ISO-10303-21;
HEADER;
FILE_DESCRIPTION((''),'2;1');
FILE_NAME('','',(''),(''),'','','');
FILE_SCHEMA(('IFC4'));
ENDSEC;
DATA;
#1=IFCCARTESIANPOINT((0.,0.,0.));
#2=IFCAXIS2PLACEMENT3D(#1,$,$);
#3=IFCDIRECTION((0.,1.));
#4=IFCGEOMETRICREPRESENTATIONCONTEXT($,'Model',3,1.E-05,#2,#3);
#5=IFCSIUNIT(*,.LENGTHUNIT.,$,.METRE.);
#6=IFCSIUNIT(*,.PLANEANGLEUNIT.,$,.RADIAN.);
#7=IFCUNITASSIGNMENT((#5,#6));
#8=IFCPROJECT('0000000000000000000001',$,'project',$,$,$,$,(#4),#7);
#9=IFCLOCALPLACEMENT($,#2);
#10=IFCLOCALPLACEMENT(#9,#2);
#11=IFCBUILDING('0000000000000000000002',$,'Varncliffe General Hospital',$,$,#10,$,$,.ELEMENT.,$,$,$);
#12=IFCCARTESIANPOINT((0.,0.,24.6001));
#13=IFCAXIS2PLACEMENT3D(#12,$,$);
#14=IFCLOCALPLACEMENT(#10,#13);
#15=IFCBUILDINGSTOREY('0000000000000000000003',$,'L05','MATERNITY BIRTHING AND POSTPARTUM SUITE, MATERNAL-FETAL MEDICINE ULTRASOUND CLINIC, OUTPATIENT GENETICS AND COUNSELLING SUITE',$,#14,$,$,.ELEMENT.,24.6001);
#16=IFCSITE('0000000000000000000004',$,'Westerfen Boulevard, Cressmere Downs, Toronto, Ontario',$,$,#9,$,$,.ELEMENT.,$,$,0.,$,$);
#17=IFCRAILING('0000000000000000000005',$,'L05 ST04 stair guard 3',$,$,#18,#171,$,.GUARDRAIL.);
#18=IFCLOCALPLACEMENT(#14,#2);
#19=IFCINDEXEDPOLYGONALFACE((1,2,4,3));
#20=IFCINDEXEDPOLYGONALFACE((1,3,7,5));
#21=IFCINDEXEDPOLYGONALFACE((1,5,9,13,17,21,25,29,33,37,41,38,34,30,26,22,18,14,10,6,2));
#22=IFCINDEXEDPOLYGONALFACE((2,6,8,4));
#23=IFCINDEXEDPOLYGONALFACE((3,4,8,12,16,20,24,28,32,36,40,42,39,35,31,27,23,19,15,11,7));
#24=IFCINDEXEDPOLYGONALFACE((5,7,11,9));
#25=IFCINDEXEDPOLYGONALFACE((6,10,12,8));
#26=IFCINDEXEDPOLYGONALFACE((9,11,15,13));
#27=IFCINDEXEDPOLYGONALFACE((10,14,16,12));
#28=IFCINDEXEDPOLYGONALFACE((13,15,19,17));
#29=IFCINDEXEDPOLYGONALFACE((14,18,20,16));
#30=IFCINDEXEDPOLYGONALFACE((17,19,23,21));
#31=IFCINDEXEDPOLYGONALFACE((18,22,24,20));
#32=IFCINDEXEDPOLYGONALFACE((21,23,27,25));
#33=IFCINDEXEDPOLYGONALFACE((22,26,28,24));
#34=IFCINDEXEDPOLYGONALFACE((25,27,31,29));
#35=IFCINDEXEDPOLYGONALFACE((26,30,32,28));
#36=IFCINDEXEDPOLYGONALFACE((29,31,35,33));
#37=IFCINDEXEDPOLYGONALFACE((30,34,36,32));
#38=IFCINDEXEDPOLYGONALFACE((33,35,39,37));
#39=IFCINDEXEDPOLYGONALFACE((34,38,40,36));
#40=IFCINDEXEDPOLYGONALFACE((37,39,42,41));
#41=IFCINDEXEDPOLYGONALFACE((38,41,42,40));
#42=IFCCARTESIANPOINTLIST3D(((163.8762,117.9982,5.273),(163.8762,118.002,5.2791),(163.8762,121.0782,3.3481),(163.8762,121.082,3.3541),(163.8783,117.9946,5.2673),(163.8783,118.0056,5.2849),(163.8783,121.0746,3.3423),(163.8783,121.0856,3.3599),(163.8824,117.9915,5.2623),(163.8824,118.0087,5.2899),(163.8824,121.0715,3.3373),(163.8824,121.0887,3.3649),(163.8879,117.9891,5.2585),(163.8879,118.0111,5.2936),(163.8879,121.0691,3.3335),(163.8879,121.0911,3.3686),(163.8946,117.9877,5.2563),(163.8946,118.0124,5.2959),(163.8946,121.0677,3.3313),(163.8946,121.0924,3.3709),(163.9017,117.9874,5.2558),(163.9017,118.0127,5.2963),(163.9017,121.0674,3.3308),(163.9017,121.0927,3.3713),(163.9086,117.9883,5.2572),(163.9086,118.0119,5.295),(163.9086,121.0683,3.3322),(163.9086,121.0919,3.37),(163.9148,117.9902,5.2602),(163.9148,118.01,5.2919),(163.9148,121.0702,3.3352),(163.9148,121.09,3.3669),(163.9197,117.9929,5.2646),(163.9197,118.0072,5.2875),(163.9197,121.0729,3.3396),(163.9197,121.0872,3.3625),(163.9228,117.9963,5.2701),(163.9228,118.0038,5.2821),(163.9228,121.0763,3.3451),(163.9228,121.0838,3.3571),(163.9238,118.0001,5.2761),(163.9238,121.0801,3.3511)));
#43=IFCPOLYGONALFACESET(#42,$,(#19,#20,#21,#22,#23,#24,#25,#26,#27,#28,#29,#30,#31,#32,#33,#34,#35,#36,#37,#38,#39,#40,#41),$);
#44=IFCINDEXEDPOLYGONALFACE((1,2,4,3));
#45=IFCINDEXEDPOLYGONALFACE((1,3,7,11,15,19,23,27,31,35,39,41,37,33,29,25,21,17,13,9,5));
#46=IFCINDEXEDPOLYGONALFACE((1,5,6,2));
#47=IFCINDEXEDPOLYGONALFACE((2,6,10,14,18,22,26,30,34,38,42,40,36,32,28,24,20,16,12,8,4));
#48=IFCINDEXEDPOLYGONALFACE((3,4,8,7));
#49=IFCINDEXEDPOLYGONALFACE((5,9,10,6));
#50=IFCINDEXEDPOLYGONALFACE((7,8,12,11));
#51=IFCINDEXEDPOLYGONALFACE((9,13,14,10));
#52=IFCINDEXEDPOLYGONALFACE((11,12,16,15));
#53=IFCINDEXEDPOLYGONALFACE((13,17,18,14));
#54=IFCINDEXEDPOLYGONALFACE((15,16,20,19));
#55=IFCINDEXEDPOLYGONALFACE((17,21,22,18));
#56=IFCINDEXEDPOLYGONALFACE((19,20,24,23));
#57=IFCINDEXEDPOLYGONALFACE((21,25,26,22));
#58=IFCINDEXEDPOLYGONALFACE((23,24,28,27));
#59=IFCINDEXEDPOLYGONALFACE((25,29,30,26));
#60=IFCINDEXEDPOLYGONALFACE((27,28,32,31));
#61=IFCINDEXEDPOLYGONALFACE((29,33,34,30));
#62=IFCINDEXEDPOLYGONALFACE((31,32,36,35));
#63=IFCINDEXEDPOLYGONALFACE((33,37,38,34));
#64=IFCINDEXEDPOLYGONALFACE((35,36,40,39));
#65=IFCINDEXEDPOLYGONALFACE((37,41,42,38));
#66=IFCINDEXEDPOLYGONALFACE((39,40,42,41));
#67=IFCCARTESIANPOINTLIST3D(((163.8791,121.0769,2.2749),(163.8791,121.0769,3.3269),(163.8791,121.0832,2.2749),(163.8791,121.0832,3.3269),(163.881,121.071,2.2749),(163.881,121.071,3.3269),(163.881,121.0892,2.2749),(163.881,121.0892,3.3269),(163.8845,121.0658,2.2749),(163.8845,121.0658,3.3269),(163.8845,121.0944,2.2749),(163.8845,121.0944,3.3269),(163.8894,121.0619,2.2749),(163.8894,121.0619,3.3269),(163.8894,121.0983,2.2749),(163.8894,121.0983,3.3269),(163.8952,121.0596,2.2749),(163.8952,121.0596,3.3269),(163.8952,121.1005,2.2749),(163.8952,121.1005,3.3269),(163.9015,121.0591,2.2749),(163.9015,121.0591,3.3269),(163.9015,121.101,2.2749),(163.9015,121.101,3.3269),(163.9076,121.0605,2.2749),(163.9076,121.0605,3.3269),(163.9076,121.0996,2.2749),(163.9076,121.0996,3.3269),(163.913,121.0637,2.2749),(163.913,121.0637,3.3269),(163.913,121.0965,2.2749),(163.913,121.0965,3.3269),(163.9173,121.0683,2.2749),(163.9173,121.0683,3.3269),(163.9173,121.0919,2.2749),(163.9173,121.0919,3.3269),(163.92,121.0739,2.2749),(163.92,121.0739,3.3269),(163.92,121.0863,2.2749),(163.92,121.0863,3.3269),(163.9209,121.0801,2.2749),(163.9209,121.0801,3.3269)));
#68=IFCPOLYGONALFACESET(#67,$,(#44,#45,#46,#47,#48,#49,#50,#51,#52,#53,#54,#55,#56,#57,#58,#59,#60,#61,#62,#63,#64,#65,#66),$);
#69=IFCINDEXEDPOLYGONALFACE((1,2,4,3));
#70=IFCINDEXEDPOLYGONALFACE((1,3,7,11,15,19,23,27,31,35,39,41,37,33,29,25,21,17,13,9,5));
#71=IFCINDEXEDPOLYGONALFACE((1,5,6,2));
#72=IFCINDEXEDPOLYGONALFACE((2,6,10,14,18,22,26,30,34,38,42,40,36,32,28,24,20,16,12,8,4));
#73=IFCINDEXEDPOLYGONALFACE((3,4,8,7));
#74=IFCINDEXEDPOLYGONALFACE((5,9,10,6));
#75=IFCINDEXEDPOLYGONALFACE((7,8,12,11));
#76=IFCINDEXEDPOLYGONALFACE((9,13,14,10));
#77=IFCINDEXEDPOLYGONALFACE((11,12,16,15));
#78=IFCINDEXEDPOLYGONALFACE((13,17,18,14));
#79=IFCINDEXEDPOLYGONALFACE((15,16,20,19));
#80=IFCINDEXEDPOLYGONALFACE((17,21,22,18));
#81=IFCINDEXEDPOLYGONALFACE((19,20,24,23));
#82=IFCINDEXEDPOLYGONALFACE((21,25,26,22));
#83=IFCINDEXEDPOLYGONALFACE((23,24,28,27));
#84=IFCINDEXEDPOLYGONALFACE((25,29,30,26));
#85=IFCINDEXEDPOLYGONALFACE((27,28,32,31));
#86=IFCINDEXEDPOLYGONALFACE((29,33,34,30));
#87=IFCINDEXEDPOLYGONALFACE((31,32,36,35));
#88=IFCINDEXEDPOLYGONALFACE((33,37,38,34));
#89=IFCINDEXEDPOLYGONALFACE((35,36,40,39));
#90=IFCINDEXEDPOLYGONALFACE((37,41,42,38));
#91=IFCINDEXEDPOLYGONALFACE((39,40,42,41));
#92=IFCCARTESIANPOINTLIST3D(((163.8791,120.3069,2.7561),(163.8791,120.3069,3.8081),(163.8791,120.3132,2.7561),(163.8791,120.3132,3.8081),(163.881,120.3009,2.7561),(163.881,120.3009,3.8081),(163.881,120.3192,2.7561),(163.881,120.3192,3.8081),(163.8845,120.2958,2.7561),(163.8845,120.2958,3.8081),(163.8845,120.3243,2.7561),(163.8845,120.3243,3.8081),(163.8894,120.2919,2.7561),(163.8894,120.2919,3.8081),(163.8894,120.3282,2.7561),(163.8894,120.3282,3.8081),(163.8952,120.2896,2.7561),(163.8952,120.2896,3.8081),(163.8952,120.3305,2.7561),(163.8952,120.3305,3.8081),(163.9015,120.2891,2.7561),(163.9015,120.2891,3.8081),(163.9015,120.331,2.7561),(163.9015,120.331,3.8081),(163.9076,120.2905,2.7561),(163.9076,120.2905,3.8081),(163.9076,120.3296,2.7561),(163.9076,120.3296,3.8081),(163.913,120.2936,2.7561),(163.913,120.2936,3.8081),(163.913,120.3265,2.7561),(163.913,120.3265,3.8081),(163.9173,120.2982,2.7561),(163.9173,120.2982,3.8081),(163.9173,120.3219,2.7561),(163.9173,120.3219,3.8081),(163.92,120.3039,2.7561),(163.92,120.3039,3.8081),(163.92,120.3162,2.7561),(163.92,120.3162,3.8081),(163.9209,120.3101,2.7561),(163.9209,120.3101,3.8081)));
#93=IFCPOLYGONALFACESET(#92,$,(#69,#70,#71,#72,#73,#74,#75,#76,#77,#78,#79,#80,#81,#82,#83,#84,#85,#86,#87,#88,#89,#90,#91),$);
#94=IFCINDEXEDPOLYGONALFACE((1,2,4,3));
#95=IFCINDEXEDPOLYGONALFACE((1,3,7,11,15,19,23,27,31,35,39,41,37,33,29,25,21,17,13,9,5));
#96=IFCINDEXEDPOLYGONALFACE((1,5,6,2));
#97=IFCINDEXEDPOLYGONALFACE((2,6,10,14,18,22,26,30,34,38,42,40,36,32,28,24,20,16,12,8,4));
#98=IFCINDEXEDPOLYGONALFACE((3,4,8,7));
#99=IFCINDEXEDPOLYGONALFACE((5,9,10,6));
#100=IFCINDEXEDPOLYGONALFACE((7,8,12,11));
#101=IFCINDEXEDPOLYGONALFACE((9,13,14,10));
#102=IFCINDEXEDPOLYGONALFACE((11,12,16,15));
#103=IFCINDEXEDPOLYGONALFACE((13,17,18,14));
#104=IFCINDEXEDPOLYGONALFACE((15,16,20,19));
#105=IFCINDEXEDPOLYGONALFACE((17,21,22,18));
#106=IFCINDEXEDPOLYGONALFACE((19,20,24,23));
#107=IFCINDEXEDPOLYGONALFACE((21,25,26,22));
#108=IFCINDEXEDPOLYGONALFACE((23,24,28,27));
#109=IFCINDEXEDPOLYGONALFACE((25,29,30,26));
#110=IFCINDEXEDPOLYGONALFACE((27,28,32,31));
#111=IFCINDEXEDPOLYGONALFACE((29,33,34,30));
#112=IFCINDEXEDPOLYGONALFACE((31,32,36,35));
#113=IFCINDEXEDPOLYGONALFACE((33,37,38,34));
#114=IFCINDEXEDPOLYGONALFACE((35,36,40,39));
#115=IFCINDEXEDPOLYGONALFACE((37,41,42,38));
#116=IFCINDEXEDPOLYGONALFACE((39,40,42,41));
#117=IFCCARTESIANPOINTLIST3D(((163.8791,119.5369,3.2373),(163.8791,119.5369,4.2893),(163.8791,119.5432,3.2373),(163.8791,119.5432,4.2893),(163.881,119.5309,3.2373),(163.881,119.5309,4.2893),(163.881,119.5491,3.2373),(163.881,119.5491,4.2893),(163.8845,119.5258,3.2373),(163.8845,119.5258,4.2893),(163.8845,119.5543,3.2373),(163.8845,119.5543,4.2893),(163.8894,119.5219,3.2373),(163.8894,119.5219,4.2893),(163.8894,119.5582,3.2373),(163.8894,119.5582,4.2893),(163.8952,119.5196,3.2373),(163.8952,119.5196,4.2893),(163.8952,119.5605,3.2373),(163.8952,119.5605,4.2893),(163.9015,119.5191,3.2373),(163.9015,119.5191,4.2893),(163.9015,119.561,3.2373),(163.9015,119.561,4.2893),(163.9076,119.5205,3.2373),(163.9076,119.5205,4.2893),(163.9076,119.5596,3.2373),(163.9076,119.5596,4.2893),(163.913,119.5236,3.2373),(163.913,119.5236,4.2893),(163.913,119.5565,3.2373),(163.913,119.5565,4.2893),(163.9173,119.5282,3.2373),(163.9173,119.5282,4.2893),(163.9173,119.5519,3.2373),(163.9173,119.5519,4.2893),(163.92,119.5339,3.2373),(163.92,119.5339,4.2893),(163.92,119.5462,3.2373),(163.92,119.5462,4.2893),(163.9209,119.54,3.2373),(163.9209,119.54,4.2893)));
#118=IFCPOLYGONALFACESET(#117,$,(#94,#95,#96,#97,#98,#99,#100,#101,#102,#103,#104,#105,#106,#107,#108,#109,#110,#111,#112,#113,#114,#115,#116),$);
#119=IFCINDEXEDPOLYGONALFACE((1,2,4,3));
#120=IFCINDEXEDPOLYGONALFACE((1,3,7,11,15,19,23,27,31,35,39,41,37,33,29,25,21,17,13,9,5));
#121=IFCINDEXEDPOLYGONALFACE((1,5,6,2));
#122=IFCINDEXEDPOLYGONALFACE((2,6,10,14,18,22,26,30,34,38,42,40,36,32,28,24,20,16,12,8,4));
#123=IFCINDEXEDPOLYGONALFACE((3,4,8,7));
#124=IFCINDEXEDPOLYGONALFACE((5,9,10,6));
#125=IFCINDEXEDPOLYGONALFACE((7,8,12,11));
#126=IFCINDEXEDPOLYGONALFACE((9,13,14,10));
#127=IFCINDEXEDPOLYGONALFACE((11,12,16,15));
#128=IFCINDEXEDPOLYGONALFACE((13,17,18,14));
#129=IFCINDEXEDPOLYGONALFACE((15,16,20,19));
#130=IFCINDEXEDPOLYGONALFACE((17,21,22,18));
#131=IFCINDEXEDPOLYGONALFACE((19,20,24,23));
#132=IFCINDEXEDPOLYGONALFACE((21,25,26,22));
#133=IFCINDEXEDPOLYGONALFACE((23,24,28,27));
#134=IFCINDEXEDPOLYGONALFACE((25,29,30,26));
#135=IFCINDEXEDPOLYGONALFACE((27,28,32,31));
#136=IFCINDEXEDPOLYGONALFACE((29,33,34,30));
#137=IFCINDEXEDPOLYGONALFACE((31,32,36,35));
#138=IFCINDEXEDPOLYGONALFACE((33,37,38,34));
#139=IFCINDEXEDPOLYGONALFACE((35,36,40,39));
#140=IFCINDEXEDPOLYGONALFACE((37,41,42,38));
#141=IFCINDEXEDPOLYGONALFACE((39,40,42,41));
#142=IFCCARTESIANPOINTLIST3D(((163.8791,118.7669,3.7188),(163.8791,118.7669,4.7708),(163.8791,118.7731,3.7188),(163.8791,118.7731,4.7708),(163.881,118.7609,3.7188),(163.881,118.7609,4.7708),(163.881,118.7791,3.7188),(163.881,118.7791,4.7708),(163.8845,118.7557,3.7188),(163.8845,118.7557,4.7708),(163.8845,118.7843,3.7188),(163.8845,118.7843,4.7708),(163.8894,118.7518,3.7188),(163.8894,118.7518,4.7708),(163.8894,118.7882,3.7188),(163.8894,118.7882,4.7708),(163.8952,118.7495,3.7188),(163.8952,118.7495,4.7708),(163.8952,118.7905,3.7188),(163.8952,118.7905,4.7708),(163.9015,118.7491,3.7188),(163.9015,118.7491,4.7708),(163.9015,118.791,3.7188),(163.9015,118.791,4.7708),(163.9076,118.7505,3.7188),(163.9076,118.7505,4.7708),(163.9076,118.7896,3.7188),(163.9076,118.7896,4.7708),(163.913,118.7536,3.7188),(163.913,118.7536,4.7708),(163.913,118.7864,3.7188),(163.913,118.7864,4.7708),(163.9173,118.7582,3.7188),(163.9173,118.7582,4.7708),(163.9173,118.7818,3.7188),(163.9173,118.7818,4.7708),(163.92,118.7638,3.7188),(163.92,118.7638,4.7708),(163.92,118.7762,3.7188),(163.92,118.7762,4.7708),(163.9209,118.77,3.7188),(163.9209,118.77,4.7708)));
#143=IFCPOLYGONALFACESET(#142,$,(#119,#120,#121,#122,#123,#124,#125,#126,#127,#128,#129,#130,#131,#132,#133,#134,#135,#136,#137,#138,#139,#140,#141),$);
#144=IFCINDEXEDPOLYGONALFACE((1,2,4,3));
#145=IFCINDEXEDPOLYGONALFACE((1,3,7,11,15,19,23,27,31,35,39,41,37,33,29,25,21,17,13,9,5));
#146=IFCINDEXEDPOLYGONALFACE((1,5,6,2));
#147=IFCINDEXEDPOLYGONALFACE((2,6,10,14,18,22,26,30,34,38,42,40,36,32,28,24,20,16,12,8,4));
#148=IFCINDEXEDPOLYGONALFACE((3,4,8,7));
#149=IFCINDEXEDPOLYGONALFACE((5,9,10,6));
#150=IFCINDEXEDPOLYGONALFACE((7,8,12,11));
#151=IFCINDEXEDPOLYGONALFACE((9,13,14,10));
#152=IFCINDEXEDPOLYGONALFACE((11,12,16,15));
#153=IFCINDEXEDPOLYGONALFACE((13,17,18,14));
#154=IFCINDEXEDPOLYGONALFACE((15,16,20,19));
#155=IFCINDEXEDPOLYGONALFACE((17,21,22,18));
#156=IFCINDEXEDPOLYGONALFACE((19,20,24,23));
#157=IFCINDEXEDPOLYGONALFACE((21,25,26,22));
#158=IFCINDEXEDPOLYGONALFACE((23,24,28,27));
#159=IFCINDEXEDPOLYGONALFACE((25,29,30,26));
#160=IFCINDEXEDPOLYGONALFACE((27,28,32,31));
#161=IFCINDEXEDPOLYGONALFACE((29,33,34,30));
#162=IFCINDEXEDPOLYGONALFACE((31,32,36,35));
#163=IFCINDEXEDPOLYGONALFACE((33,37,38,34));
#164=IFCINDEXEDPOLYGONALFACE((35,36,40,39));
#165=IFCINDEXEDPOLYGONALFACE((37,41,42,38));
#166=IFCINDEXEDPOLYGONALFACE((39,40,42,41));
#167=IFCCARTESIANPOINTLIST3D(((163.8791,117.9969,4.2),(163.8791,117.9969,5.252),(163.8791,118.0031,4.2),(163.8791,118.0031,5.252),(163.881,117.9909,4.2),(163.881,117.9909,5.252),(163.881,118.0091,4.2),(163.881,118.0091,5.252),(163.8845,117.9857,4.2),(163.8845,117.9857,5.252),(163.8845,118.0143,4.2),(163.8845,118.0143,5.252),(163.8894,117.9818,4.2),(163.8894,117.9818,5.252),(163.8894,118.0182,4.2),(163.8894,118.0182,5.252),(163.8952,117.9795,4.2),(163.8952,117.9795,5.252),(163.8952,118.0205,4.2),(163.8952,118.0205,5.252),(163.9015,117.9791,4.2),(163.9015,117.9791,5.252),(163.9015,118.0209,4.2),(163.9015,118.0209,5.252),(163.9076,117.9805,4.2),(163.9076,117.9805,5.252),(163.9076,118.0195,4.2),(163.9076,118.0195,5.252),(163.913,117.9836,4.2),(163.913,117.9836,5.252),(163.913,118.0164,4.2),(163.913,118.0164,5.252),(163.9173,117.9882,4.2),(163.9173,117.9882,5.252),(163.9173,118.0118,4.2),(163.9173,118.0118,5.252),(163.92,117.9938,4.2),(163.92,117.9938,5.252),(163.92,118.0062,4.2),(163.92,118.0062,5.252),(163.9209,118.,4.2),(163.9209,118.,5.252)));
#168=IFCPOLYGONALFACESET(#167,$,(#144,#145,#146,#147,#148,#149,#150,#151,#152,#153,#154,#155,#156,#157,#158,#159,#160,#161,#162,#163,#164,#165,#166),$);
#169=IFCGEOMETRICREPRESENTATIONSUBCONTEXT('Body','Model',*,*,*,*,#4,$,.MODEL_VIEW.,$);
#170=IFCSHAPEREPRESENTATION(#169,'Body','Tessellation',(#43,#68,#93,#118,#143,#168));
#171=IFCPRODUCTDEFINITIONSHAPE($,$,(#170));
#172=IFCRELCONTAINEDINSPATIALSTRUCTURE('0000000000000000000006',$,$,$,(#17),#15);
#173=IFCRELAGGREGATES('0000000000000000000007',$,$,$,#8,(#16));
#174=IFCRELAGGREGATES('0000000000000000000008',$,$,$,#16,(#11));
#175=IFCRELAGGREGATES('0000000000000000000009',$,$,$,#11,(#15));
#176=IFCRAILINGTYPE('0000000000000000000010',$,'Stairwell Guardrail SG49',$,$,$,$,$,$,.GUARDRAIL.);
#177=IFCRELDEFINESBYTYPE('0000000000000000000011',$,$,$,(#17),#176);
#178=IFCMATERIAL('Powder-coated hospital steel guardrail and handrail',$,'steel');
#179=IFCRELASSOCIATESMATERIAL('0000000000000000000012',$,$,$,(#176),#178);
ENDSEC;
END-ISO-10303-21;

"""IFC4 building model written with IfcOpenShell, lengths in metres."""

from ifc_helpers import new_model, si_unit, direction, frame, origin, origin_2d, place, context, subcontext, project, spatial, circle, extrude, material, type_object, element, save


model = new_model("IFC4")

# Units and contexts
model_context = context("Model", 3, precision=1e-05, world=origin(), true_north=direction((0.0, 1.0)))
body_context = subcontext(model_context, "Body", "Model", "MODEL_VIEW")
ifc_project = project(units=[si_unit("LENGTHUNIT", "METRE"), si_unit("PLANEANGLEUNIT", "RADIAN")], contexts=[model_context])

# Site, building, storey
site_placement = place(None, origin())
site = spatial("IfcSite", under=ifc_project, at=site_placement, Name="Westerfen Boulevard, Cressmere Downs, Toronto, Ontario", CompositionType="ELEMENT", RefElevation=0.0)
building_placement = place(site_placement, origin())
building = spatial("IfcBuilding", under=site, at=building_placement, Name="Varncliffe General Hospital", CompositionType="ELEMENT")
storey_placement = place(building_placement, frame((0.0, 0.0, 24.6001)))
storey = spatial("IfcBuildingStorey", under=building, at=storey_placement, Name="L05", Description="MATERNITY BIRTHING AND POSTPARTUM SUITE, MATERNAL-FETAL MEDICINE ULTRASOUND CLINIC, OUTPATIENT GENETICS AND COUNSELLING SUITE", CompositionType="ELEMENT", Elevation=24.6001)

# Railing
ifc_material_1 = material(Name="Powder-coated hospital steel guardrail and handrail", Category="steel")
railing_type_1 = type_object("IfcRailingType", Name="Stairwell Guardrail SG49", PredefinedType="GUARDRAIL", material=ifc_material_1)
railing_1_placement = place(storey_placement, frame((163.8999, 121.0801, 2.2749)))
element("IfcRailing", 1, at=railing_1_placement, inside=storey, type_object=railing_type_1, Name="L05 ST04 stair guard 3", PredefinedType="GUARDRAIL", context=body_context, shape_type="SweptSolid", body=[
    extrude(circle(Radius=0.0239, at=origin_2d()), frame((0.0, 0.0, 1.0762), z_axis=(0.0, -0.847998, 0.529999), x_axis=(1.0, 0.0, 0.0)), (0.0, 0.0, 1.0), 3.6321),
    extrude(circle(Radius=0.021, at=origin_2d()), origin(), (0.0, 0.0, 1.0), 1.052),
    extrude(circle(Radius=0.021, at=origin_2d()), frame((0.0, -0.77, 0.4812)), (0.0, 0.0, 1.0), 1.052),
    extrude(circle(Radius=0.021, at=origin_2d()), frame((0.0, -1.54, 0.9624)), (0.0, 0.0, 1.0), 1.052),
    extrude(circle(Radius=0.021, at=origin_2d()), frame((0.0, -2.3101, 1.4438)), (0.0, 0.0, 1.0), 1.052),
    extrude(circle(Radius=0.021, at=origin_2d()), frame((0.0, -3.0801, 1.925)), (0.0, 0.0, 1.0), 1.052),
])

save(model, "model.ifc")
